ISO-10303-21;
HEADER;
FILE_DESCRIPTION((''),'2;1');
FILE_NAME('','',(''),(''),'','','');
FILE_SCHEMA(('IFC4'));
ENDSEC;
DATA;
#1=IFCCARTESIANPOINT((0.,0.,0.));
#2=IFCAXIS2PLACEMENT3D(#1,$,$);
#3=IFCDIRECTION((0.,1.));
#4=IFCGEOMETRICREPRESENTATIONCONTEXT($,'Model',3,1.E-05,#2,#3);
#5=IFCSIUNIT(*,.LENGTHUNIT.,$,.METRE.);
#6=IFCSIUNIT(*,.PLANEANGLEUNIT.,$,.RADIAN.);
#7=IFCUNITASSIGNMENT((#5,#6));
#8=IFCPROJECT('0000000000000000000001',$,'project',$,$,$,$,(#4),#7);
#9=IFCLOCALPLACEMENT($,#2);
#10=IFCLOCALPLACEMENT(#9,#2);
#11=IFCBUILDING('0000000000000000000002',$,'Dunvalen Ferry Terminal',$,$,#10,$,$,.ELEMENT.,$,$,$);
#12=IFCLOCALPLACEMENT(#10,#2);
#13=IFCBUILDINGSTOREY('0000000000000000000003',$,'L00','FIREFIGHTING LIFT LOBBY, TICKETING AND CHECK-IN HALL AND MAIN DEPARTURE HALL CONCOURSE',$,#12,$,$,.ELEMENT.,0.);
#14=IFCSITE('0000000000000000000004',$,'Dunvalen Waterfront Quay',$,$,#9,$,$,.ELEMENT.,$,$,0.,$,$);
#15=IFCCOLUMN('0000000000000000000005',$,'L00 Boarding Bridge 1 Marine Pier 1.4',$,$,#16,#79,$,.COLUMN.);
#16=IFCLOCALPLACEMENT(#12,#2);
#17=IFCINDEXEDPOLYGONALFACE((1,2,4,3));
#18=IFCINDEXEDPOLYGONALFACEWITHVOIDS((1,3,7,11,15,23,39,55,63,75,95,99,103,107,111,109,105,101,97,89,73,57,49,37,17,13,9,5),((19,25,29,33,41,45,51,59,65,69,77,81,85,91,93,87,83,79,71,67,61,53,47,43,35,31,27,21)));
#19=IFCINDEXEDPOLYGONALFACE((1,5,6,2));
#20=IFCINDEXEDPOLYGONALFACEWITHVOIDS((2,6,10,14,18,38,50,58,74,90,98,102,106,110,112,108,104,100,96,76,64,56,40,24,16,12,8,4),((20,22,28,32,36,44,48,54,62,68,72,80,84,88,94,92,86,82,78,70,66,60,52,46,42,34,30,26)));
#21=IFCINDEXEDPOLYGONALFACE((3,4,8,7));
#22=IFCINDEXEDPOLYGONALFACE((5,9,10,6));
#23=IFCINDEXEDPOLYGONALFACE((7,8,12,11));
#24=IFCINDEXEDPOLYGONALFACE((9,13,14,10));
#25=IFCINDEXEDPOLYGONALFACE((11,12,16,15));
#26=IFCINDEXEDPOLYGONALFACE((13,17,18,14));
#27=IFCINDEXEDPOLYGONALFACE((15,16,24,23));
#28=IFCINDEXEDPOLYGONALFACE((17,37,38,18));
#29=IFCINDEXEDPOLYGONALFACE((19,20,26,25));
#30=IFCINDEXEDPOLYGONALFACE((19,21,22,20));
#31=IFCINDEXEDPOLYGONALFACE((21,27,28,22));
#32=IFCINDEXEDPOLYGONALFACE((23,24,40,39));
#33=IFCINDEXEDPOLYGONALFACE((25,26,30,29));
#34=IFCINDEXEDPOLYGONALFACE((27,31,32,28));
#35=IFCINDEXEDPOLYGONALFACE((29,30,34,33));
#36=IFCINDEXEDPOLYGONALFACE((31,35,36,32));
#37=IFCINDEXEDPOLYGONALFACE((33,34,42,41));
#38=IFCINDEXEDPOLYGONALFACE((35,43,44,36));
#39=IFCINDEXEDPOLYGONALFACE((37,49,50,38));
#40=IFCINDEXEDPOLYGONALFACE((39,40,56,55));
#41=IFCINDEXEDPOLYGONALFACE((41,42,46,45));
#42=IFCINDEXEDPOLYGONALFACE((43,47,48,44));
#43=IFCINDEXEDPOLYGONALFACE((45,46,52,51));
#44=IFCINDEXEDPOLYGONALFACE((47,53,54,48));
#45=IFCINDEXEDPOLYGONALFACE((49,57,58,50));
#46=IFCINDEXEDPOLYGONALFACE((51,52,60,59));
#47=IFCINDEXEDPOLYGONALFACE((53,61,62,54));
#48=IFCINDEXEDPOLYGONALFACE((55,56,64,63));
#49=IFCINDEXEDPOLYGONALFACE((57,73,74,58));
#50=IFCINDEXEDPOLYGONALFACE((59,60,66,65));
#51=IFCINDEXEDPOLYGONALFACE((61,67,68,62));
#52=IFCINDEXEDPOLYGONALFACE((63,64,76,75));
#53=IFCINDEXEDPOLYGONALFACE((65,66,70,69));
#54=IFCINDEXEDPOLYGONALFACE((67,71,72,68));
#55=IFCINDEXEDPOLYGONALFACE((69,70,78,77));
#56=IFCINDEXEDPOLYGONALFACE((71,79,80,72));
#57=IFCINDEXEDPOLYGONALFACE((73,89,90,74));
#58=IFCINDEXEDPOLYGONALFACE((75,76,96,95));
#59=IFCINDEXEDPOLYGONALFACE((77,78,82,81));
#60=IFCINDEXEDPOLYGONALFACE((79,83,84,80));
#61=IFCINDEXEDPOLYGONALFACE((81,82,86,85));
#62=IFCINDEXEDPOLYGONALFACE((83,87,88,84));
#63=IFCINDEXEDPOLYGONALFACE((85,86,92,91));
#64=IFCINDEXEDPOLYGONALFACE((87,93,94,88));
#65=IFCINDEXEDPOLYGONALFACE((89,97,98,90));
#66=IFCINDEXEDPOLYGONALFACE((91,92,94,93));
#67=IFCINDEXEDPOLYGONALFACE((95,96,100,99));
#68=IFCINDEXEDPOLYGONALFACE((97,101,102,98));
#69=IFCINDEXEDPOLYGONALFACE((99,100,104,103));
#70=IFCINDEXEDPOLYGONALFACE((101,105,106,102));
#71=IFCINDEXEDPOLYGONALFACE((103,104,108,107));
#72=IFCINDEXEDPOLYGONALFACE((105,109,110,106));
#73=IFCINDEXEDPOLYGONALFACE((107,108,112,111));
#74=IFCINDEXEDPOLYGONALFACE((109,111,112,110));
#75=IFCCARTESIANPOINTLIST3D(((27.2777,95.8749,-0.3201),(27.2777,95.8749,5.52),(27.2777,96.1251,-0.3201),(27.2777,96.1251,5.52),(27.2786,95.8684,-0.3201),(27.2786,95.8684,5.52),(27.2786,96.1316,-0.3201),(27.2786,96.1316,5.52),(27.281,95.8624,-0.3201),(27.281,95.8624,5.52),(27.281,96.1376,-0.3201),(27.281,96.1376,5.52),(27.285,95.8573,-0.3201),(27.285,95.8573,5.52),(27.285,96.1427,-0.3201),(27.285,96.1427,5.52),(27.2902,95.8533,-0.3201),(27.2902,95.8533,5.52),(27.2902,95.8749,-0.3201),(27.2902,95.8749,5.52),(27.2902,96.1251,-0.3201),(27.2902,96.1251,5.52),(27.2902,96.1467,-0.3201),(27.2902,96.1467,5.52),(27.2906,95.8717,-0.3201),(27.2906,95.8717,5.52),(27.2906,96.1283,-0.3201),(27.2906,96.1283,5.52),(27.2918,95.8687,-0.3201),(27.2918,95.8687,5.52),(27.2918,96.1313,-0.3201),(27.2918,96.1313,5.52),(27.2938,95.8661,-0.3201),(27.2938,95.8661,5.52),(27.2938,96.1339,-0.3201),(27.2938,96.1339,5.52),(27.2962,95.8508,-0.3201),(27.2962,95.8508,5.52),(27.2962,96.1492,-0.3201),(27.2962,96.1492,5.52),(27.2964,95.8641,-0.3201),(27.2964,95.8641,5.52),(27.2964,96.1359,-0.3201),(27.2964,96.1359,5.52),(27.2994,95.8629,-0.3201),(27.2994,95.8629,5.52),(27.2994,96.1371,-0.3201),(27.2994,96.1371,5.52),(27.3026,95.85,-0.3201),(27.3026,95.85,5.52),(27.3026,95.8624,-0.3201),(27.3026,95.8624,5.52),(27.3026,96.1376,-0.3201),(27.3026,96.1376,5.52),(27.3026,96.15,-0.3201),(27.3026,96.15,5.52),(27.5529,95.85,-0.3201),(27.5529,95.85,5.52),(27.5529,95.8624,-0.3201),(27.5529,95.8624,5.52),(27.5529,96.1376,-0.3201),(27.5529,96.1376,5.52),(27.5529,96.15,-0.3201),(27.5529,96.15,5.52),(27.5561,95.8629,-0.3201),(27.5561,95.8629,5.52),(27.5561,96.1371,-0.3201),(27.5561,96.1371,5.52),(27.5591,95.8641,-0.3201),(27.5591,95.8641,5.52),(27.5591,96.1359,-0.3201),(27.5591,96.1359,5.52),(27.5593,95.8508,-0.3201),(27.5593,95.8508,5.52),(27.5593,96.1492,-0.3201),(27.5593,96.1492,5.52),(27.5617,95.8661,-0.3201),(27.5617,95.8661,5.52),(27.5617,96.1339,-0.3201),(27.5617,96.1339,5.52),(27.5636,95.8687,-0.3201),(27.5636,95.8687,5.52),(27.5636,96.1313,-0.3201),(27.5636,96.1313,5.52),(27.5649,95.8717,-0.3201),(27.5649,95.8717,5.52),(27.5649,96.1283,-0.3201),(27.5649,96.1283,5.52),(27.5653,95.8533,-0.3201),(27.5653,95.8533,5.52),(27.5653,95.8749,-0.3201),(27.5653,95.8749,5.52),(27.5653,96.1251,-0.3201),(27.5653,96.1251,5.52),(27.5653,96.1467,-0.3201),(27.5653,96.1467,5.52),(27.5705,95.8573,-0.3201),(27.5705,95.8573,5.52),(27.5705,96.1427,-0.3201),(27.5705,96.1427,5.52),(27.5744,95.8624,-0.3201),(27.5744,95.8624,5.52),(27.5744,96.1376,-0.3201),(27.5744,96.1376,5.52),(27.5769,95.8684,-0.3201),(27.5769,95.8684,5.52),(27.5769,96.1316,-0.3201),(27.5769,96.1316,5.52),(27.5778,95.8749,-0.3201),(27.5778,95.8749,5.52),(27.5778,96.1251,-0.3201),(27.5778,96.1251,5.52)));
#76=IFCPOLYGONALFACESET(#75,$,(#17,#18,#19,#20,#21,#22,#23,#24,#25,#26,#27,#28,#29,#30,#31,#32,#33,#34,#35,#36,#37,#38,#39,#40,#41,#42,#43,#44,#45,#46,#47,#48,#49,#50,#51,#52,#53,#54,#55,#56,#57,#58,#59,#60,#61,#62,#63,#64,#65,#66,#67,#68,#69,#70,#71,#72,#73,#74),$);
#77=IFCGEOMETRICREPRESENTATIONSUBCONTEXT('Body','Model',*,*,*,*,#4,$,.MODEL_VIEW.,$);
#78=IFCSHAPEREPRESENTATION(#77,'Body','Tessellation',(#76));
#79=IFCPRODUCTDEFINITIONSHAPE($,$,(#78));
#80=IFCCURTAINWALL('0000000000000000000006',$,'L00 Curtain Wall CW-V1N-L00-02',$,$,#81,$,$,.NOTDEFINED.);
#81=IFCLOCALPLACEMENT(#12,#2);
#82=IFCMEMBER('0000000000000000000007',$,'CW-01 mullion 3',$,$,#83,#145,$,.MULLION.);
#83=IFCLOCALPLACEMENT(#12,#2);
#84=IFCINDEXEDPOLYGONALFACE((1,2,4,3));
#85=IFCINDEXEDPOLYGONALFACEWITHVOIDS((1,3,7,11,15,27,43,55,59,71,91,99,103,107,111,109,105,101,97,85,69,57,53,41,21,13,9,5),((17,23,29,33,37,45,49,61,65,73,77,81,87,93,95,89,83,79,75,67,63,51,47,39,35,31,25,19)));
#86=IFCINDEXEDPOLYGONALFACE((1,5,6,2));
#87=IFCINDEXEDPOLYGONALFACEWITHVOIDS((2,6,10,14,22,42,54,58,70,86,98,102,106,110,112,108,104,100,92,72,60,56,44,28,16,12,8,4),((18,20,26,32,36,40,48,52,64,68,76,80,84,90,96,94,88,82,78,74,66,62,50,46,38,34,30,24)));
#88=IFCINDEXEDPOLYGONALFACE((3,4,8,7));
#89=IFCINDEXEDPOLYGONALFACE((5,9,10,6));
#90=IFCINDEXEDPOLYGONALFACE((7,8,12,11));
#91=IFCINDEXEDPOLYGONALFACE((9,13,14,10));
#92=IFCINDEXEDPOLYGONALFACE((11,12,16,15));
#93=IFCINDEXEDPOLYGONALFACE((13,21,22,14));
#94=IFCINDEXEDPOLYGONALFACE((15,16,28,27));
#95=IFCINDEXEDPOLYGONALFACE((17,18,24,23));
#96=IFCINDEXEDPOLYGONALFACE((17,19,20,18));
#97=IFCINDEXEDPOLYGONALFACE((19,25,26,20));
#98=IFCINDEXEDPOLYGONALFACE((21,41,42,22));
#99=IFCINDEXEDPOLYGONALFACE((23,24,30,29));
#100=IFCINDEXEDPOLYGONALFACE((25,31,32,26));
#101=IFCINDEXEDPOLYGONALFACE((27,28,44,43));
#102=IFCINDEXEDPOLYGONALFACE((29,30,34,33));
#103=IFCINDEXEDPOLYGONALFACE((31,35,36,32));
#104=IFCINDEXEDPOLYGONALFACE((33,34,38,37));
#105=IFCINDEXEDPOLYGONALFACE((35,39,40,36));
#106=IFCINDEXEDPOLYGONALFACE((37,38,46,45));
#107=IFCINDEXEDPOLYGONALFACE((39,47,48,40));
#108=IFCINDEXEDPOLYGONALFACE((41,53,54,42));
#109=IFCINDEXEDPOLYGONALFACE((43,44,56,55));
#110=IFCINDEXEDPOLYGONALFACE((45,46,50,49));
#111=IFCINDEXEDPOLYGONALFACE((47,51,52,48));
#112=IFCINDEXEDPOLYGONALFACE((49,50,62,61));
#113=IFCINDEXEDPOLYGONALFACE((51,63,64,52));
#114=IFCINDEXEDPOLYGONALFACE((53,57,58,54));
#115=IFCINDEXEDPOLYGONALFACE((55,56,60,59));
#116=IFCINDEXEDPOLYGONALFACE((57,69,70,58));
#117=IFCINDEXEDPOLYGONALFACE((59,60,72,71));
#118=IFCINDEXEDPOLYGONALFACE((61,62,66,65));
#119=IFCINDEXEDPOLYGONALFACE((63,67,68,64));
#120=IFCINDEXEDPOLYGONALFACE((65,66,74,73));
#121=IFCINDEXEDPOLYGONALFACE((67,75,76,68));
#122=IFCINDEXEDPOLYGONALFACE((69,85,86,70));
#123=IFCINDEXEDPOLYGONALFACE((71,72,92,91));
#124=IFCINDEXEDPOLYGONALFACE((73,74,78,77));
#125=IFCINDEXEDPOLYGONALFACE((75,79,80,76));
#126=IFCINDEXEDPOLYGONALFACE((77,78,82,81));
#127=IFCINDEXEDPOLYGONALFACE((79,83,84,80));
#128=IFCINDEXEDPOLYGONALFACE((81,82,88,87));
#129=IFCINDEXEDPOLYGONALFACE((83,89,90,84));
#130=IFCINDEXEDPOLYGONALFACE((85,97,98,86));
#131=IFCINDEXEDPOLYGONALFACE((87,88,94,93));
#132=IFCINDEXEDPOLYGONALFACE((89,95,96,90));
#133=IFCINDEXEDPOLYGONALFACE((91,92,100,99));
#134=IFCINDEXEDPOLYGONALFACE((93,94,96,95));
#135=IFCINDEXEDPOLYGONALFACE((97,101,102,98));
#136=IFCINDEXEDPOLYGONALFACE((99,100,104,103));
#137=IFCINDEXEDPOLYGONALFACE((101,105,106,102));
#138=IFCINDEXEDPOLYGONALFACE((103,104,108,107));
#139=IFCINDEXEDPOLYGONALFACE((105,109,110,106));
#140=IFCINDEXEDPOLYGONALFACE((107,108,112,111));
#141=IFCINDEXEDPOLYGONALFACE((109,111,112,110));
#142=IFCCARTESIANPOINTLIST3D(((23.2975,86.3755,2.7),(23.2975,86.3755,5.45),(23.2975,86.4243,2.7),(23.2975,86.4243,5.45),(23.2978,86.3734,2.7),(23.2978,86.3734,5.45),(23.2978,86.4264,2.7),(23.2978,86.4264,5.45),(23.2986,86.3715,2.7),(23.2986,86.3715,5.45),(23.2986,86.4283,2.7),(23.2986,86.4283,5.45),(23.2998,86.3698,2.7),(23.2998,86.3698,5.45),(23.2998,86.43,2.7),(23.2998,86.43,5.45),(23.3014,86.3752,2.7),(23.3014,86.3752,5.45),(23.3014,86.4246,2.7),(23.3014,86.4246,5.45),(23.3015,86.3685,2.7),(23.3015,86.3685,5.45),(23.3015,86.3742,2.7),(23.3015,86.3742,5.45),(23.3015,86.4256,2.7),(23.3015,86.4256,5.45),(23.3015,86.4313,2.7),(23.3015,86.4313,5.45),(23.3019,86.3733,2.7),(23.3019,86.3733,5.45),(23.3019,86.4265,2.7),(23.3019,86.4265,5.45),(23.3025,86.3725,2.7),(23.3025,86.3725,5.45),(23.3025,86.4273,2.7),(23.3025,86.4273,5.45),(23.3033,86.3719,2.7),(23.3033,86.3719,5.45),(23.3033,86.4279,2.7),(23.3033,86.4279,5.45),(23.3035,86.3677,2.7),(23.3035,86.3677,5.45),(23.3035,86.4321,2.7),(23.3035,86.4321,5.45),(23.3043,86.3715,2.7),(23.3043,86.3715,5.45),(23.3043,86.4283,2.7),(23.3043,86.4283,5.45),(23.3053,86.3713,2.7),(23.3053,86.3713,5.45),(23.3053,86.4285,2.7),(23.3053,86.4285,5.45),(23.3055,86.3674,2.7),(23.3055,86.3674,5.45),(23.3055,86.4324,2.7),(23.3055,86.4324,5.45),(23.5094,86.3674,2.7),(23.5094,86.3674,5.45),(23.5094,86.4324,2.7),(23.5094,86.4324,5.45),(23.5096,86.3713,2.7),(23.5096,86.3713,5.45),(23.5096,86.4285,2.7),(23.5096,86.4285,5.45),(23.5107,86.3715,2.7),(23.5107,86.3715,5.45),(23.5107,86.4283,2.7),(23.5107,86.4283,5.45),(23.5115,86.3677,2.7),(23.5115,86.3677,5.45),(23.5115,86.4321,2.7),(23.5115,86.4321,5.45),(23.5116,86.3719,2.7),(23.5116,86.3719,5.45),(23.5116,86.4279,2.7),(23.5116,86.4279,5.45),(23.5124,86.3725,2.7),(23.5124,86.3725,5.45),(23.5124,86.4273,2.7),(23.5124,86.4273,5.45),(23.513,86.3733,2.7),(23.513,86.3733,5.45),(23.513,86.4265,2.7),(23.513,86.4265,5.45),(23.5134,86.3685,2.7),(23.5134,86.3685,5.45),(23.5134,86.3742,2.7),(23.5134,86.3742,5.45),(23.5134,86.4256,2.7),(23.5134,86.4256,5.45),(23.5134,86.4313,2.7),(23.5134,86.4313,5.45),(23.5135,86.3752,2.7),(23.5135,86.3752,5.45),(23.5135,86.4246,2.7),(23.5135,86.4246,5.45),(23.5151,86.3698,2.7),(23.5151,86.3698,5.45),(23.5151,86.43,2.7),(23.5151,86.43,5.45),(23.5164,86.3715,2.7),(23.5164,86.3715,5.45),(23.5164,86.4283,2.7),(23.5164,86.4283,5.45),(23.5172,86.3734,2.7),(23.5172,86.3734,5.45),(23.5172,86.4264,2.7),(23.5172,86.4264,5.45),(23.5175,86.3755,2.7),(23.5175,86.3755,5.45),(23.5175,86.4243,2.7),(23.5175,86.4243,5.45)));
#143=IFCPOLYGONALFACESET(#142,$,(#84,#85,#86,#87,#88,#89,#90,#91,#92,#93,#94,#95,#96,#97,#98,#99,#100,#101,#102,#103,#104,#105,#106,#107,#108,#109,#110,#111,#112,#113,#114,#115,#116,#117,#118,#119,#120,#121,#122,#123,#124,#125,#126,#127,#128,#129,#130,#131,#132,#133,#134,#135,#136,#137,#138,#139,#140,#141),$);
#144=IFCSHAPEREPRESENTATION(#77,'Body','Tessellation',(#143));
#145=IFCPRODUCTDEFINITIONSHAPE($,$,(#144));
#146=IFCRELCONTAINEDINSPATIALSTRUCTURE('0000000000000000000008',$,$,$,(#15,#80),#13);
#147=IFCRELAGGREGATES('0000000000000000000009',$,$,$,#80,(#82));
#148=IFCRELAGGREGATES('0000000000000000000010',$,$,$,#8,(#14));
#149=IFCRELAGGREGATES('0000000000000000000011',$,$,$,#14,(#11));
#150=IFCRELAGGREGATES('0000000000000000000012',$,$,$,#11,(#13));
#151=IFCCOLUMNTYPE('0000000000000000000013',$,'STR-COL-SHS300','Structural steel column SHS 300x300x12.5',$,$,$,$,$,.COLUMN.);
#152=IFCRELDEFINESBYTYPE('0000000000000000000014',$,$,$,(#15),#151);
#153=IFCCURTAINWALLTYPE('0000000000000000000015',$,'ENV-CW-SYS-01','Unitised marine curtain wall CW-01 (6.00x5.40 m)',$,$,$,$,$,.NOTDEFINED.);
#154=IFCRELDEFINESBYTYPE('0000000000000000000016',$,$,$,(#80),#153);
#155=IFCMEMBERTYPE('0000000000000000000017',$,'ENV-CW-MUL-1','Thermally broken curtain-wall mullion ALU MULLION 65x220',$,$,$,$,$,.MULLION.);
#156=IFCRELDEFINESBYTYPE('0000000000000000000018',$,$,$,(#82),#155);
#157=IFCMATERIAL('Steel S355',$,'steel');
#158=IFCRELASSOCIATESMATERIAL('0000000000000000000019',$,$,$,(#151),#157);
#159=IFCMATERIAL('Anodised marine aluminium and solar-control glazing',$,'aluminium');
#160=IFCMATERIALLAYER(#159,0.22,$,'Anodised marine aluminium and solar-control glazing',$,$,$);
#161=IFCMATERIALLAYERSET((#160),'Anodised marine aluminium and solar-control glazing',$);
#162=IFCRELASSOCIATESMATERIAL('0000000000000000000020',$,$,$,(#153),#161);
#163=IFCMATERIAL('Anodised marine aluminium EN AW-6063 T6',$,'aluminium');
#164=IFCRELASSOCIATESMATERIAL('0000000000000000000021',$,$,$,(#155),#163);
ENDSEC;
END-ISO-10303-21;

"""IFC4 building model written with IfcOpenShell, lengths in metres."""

from ifc_helpers import new_model, si_unit, direction, frame, origin, origin_2d, place, context, subcontext, project, spatial, hollow_rectangle, extrude, material, layer, layer_set, material_profile, profile_set, type_object, element, aggregate, save


model = new_model("IFC4")

# Units and contexts
model_context = context("Model", 3, precision=1e-05, world=origin(), true_north=direction((0.0, 1.0)))
body_context = subcontext(model_context, "Body", "Model", "MODEL_VIEW")
ifc_project = project(units=[si_unit("LENGTHUNIT", "METRE"), si_unit("PLANEANGLEUNIT", "RADIAN")], contexts=[model_context])

# Site, building, storey
site_placement = place(None, origin())
site = spatial("IfcSite", under=ifc_project, at=site_placement, Name="Dunvalen Waterfront Quay", CompositionType="ELEMENT", RefElevation=0.0)
building_placement = place(site_placement, origin())
building = spatial("IfcBuilding", under=site, at=building_placement, Name="Dunvalen Ferry Terminal", CompositionType="ELEMENT")
storey_placement = place(building_placement, origin())
storey = spatial("IfcBuildingStorey", under=building, at=storey_placement, Name="L00", Description="FIREFIGHTING LIFT LOBBY, TICKETING AND CHECK-IN HALL AND MAIN DEPARTURE HALL CONCOURSE", CompositionType="ELEMENT", Elevation=0.0)

# Column
ifc_material_1 = material(Name="Steel S355", Category="steel")
ifc_material_profile_1 = material_profile(ifc_material_1, hollow_rectangle(XDim=0.3, YDim=0.3, WallThickness=0.0125, InnerFilletRadius=0.0125, OuterFilletRadius=0.0249, at=origin_2d()), Name="Steel S355")
ifc_profile_set_1 = profile_set([ifc_material_profile_1], Name="Steel S355")
column_type_1 = type_object("IfcColumnType", Name="STR-COL-SHS300", Description="Structural steel column SHS 300x300x12.5", PredefinedType="COLUMN", material=ifc_profile_set_1)
column_1_placement = place(storey_placement, frame((27.4277, 96.0, -0.3201), z_axis=(0.0, 0.0, 1.0), x_axis=(1.0, 0.0, 0.0)))
element("IfcColumn", 1, at=column_1_placement, inside=storey, type_object=column_type_1, Name="L00 Boarding Bridge 1 Marine Pier 1.4", PredefinedType="COLUMN", context=body_context, shape_type="SweptSolid", body=[
    extrude(hollow_rectangle(XDim=0.3, YDim=0.3, WallThickness=0.0125, InnerFilletRadius=0.0125, OuterFilletRadius=0.0249, at=origin_2d()), origin(), (0.0, 0.0, 1.0), 5.8401),
])

# Curtain wall, member
ifc_material_2 = material(Name="Anodised marine aluminium and solar-control glazing", Category="aluminium")
ifc_layer_1 = layer(ifc_material_2, 0.22, Name="Anodised marine aluminium and solar-control glazing")
ifc_layer_set_1 = layer_set([ifc_layer_1], Name="Anodised marine aluminium and solar-control glazing")
curtain_wall_type = type_object("IfcCurtainWallType", Name="ENV-CW-SYS-01", Description="Unitised marine curtain wall CW-01 (6.00x5.40 m)", PredefinedType="NOTDEFINED", material=ifc_layer_set_1)
curtain_wall_1_placement = place(storey_placement, origin())
curtain_wall_1 = element("IfcCurtainWall", 2, at=curtain_wall_1_placement, inside=storey, type_object=curtain_wall_type, Name="L00 Curtain Wall CW-V1N-L00-02", PredefinedType="NOTDEFINED")
ifc_material_3 = material(Name="Anodised marine aluminium EN AW-6063 T6", Category="aluminium")
ifc_material_profile_2 = material_profile(ifc_material_3, hollow_rectangle(XDim=0.0649, YDim=0.22, WallThickness=0.0039, InnerFilletRadius=0.0039, OuterFilletRadius=0.0081, at=origin_2d()), Name="Anodised marine aluminium EN AW-6063 T6")
ifc_profile_set_2 = profile_set([ifc_material_profile_2], Name="Anodised marine aluminium EN AW-6063 T6")
member_type_1 = type_object("IfcMemberType", Name="ENV-CW-MUL-1", Description="Thermally broken curtain-wall mullion ALU MULLION 65x220", PredefinedType="MULLION", material=ifc_profile_set_2)
member_1_placement = place(storey_placement, frame((23.4075, 86.3999, 2.7), z_axis=(0.0, 0.0, 1.0), x_axis=(0.0, 1.0, 0.0)))
member_1 = element("IfcMember", 3, at=member_1_placement, type_object=member_type_1, Name="CW-01 mullion 3", PredefinedType="MULLION", context=body_context, shape_type="SweptSolid", body=[
    extrude(hollow_rectangle(XDim=0.0649, YDim=0.22, WallThickness=0.0039, InnerFilletRadius=0.0039, OuterFilletRadius=0.0081, at=origin_2d()), origin(), (0.0, 0.0, 1.0), 2.75),
])

aggregate(curtain_wall_1, [member_1])

save(model, "model.ifc")
